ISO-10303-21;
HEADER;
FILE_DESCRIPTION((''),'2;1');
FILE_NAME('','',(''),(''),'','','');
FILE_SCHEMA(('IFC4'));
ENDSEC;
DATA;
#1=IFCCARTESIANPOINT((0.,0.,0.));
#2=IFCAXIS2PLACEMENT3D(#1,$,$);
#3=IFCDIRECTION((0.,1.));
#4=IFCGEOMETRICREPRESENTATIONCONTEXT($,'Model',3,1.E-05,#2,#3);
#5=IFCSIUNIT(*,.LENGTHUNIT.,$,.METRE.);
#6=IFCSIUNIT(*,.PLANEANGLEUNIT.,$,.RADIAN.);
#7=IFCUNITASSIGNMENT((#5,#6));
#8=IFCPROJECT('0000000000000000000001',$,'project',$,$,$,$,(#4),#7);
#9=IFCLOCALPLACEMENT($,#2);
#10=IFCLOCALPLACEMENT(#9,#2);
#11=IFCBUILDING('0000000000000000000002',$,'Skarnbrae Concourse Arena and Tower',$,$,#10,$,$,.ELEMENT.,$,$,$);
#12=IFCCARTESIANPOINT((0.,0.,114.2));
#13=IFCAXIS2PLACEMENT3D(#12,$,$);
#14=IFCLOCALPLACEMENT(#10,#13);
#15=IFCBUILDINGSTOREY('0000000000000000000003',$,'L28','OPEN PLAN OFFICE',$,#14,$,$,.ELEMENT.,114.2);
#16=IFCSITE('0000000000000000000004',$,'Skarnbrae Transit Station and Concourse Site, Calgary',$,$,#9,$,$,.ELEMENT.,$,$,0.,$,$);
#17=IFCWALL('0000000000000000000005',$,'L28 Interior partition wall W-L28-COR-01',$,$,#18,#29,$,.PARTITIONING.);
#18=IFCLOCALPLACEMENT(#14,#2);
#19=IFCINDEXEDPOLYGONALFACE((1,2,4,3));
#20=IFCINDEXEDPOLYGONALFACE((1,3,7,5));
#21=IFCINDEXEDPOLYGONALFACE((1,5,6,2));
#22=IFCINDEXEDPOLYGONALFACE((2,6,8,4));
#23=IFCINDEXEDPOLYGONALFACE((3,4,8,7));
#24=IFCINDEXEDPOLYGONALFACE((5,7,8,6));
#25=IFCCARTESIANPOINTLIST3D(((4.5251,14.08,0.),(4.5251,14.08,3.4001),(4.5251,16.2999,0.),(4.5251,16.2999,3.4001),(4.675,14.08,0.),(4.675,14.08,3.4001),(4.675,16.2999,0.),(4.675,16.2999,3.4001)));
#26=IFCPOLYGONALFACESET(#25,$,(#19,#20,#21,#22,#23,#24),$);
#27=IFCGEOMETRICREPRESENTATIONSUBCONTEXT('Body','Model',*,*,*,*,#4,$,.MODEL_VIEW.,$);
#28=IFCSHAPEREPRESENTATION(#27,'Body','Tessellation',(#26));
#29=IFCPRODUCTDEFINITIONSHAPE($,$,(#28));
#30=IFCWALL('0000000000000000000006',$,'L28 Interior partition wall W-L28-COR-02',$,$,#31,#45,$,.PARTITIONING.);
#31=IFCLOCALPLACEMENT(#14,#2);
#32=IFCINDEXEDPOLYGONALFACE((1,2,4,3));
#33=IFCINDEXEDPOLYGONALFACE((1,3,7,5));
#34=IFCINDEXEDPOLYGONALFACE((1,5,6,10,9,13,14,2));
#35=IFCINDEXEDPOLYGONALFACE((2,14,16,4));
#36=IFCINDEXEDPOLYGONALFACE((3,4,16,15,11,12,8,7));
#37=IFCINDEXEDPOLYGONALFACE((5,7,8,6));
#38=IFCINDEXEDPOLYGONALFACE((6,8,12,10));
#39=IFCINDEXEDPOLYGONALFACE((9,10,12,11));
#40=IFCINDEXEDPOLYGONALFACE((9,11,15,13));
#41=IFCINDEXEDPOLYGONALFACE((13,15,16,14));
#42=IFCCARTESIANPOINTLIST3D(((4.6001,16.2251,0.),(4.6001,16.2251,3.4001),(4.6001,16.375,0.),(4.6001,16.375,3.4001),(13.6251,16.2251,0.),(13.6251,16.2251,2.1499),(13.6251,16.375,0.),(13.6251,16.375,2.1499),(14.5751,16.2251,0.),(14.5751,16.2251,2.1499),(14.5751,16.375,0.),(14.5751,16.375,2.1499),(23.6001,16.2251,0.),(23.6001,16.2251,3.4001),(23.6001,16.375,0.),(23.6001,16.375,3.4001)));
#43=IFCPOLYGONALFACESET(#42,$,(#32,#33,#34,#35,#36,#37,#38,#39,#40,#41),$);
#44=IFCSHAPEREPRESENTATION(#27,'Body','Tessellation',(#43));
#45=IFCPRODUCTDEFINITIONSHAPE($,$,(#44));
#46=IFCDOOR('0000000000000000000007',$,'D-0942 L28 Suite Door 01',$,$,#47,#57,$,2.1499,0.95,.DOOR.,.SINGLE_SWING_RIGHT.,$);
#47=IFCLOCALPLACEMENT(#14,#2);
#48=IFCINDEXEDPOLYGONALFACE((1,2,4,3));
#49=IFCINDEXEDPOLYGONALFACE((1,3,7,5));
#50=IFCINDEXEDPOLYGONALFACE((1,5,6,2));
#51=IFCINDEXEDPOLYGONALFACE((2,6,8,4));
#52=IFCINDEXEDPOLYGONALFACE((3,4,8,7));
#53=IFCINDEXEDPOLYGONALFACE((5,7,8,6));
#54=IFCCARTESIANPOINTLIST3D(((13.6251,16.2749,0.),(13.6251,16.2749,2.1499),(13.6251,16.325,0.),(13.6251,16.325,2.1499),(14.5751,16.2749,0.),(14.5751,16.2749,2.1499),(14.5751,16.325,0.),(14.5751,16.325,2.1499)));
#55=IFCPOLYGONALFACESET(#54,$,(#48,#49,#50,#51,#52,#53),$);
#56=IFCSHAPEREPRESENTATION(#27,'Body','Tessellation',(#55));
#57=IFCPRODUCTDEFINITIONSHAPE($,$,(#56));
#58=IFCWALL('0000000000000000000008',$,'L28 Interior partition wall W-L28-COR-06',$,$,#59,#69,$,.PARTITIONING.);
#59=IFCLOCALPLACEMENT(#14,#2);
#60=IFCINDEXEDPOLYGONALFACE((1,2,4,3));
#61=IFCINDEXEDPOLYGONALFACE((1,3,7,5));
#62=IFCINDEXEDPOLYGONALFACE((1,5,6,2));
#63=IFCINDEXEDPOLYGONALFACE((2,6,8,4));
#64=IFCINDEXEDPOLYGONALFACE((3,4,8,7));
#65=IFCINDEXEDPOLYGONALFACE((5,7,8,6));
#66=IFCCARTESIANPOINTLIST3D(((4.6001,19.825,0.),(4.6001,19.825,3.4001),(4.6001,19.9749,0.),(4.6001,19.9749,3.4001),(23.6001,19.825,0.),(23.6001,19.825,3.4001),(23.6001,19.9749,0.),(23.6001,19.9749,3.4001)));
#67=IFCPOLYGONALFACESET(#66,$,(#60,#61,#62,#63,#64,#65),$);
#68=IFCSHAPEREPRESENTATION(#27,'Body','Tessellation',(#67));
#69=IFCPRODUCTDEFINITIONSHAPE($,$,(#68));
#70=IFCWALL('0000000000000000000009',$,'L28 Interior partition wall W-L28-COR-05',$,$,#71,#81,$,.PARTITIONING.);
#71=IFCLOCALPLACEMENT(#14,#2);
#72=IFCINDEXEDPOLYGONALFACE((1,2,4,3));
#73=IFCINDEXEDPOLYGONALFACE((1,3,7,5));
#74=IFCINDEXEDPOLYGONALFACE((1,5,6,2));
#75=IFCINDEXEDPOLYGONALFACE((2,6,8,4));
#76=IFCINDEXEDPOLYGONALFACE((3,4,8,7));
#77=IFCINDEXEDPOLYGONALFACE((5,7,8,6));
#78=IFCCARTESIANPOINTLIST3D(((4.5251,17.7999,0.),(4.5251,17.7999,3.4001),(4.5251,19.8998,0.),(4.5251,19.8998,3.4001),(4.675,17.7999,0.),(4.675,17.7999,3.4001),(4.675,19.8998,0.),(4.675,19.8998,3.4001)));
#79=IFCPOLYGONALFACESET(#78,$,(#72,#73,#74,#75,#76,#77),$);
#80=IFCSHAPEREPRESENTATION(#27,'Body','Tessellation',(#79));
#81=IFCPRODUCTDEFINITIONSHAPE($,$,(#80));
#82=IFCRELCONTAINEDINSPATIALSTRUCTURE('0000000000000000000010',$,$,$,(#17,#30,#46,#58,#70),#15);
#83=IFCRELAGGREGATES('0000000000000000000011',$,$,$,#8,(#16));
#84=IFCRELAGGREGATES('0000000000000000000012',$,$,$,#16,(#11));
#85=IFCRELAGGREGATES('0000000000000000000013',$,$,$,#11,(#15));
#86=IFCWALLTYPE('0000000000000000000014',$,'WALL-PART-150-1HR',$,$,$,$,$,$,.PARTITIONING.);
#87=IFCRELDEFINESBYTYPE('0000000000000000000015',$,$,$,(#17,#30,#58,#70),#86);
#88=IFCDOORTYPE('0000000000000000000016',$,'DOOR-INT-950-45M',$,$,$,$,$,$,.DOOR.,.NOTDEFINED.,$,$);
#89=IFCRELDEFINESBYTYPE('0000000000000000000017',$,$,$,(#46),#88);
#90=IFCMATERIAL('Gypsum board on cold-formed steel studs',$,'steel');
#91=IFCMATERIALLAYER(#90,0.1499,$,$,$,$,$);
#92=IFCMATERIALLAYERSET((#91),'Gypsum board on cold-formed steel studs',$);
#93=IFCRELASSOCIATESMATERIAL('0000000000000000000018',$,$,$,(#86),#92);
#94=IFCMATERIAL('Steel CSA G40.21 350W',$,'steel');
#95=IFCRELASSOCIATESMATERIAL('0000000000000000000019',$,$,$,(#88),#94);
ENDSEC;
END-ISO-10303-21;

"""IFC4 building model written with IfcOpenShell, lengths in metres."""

from ifc_helpers import new_model, si_unit, direction, frame, frame_2d, origin, place, context, subcontext, project, spatial, rectangle, extrude, source, transform, mapped, material, layer, layer_set, type_object, element, fill, save


model = new_model("IFC4")

# Units and contexts
model_context = context("Model", 3, precision=1e-05, world=origin(), true_north=direction((0.0, 1.0)))
body_context = subcontext(model_context, "Body", "Model", "MODEL_VIEW")
ifc_project = project(units=[si_unit("LENGTHUNIT", "METRE"), si_unit("PLANEANGLEUNIT", "RADIAN")], contexts=[model_context])

# Site, building, storey
site_placement = place(None, origin())
site = spatial("IfcSite", under=ifc_project, at=site_placement, Name="Skarnbrae Transit Station and Concourse Site, Calgary", CompositionType="ELEMENT", RefElevation=0.0)
building_placement = place(site_placement, origin())
building = spatial("IfcBuilding", under=site, at=building_placement, Name="Skarnbrae Concourse Arena and Tower", CompositionType="ELEMENT")
storey_placement = place(building_placement, frame((0.0, 0.0, 114.2)))
storey = spatial("IfcBuildingStorey", under=building, at=storey_placement, Name="L28", Description="OPEN PLAN OFFICE", CompositionType="ELEMENT", Elevation=114.2)

# Shared definitions
ifc_material_1 = material(Name="Steel CSA G40.21 350W", Category="steel")

# Wall
ifc_material_2 = material(Name="Gypsum board on cold-formed steel studs", Category="steel")
ifc_layer_1 = layer(ifc_material_2, 0.1499)
ifc_layer_set_1 = layer_set([ifc_layer_1], Name="Gypsum board on cold-formed steel studs")
wall_type_1 = type_object("IfcWallType", Name="WALL-PART-150-1HR", PredefinedType="PARTITIONING", material=ifc_layer_set_1)
shared_shape_1 = source(origin(), body_context, "Body", "SweptSolid", [
    extrude(rectangle(XDim=2.22, YDim=0.1499, at=frame_2d((1.1099, 0.0))), origin(), (0.0, 0.0, 1.0), 3.4001),
])
wall_1_placement = place(storey_placement, frame((4.6001, 14.0801, 0.0), z_axis=(0.0, 0.0, 1.0), x_axis=(0.0, 1.0, 0.0)))
element("IfcWall", 1, at=wall_1_placement, inside=storey, type_object=wall_type_1, Name="L28 Interior partition wall W-L28-COR-01", PredefinedType="PARTITIONING", context=body_context, shape_type="MappedRepresentation", body=[
    mapped(shared_shape_1, transform((0.0, 0.0, 0.0))),
])

# Wall, opening, door
shared_shape_2 = source(origin(), body_context, "Body", "SweptSolid", [
    extrude(rectangle(XDim=19.0, YDim=0.1499, at=frame_2d((9.5, 0.0))), origin(), (0.0, 0.0, 1.0), 3.4001),
])
wall_2_placement = place(storey_placement, frame((4.6001, 16.3, 0.0), z_axis=(0.0, 0.0, 1.0), x_axis=(1.0, 0.0, 0.0)))
wall_2 = element("IfcWall", 2, at=wall_2_placement, inside=storey, type_object=wall_type_1, Name="L28 Interior partition wall W-L28-COR-02", PredefinedType="PARTITIONING", context=body_context, shape_type="MappedRepresentation", body=[
    mapped(shared_shape_2, transform((0.0, 0.0, 0.0))),
])
opening_1_placement = place(wall_2_placement, frame((9.0249, 0.0, 0.0)))
opening_1 = element("IfcOpeningElement", 3, at=opening_1_placement, cuts=wall_2, PredefinedType="OPENING", context=body_context, shape_type="SweptSolid", body=[
    extrude(rectangle(XDim=0.95, YDim=2.1499, at=frame_2d((0.4751, 1.075))), frame((0.0, 0.085, 0.0), z_axis=(0.0, -1.0, 0.0), x_axis=(1.0, 0.0, 0.0)), (0.0, 0.0, 1.0), 0.1699),
])
door_type_1 = type_object("IfcDoorType", Name="DOOR-INT-950-45M", OperationType="NOTDEFINED", PredefinedType="DOOR", material=ifc_material_1)
shared_shape_3 = source(origin(), body_context, "Body", "SweptSolid", [
    extrude(rectangle(XDim=0.95, YDim=2.1499, at=frame_2d((0.4751, 1.075))), frame((0.0, 0.0249, 0.0), z_axis=(0.0, -1.0, 0.0), x_axis=(1.0, 0.0, 0.0)), (0.0, 0.0, 1.0), 0.05),
])
door_1_placement = place(opening_1_placement, origin())
door_1 = element("IfcDoor", 4, at=door_1_placement, inside=storey, type_object=door_type_1, Name="D-0942 L28 Suite Door 01", OperationType="SINGLE_SWING_RIGHT", OverallHeight=2.1499, OverallWidth=0.95, PredefinedType="DOOR", context=body_context, shape_type="MappedRepresentation", body=[
    mapped(shared_shape_3, transform((0.0, 0.0, 0.0))),
])
fill(opening_1, door_1)

# Walls
wall_3_placement = place(storey_placement, frame((4.6001, 19.8999, 0.0), z_axis=(0.0, 0.0, 1.0), x_axis=(1.0, 0.0, 0.0)))
element("IfcWall", 5, at=wall_3_placement, inside=storey, type_object=wall_type_1, Name="L28 Interior partition wall W-L28-COR-06", PredefinedType="PARTITIONING", context=body_context, shape_type="MappedRepresentation", body=[
    mapped(shared_shape_2, transform((0.0, 0.0, 0.0))),
])
shared_shape_4 = source(origin(), body_context, "Body", "SweptSolid", [
    extrude(rectangle(XDim=2.0999, YDim=0.1499, at=frame_2d((1.0498, 0.0))), origin(), (0.0, 0.0, 1.0), 3.4001),
])
wall_4_placement = place(storey_placement, frame((4.6001, 17.8, 0.0), z_axis=(0.0, 0.0, 1.0), x_axis=(0.0, 1.0, 0.0)))
element("IfcWall", 6, at=wall_4_placement, inside=storey, type_object=wall_type_1, Name="L28 Interior partition wall W-L28-COR-05", PredefinedType="PARTITIONING", context=body_context, shape_type="MappedRepresentation", body=[
    mapped(shared_shape_4, transform((0.0, 0.0, 0.0))),
])

save(model, "model.ifc")
